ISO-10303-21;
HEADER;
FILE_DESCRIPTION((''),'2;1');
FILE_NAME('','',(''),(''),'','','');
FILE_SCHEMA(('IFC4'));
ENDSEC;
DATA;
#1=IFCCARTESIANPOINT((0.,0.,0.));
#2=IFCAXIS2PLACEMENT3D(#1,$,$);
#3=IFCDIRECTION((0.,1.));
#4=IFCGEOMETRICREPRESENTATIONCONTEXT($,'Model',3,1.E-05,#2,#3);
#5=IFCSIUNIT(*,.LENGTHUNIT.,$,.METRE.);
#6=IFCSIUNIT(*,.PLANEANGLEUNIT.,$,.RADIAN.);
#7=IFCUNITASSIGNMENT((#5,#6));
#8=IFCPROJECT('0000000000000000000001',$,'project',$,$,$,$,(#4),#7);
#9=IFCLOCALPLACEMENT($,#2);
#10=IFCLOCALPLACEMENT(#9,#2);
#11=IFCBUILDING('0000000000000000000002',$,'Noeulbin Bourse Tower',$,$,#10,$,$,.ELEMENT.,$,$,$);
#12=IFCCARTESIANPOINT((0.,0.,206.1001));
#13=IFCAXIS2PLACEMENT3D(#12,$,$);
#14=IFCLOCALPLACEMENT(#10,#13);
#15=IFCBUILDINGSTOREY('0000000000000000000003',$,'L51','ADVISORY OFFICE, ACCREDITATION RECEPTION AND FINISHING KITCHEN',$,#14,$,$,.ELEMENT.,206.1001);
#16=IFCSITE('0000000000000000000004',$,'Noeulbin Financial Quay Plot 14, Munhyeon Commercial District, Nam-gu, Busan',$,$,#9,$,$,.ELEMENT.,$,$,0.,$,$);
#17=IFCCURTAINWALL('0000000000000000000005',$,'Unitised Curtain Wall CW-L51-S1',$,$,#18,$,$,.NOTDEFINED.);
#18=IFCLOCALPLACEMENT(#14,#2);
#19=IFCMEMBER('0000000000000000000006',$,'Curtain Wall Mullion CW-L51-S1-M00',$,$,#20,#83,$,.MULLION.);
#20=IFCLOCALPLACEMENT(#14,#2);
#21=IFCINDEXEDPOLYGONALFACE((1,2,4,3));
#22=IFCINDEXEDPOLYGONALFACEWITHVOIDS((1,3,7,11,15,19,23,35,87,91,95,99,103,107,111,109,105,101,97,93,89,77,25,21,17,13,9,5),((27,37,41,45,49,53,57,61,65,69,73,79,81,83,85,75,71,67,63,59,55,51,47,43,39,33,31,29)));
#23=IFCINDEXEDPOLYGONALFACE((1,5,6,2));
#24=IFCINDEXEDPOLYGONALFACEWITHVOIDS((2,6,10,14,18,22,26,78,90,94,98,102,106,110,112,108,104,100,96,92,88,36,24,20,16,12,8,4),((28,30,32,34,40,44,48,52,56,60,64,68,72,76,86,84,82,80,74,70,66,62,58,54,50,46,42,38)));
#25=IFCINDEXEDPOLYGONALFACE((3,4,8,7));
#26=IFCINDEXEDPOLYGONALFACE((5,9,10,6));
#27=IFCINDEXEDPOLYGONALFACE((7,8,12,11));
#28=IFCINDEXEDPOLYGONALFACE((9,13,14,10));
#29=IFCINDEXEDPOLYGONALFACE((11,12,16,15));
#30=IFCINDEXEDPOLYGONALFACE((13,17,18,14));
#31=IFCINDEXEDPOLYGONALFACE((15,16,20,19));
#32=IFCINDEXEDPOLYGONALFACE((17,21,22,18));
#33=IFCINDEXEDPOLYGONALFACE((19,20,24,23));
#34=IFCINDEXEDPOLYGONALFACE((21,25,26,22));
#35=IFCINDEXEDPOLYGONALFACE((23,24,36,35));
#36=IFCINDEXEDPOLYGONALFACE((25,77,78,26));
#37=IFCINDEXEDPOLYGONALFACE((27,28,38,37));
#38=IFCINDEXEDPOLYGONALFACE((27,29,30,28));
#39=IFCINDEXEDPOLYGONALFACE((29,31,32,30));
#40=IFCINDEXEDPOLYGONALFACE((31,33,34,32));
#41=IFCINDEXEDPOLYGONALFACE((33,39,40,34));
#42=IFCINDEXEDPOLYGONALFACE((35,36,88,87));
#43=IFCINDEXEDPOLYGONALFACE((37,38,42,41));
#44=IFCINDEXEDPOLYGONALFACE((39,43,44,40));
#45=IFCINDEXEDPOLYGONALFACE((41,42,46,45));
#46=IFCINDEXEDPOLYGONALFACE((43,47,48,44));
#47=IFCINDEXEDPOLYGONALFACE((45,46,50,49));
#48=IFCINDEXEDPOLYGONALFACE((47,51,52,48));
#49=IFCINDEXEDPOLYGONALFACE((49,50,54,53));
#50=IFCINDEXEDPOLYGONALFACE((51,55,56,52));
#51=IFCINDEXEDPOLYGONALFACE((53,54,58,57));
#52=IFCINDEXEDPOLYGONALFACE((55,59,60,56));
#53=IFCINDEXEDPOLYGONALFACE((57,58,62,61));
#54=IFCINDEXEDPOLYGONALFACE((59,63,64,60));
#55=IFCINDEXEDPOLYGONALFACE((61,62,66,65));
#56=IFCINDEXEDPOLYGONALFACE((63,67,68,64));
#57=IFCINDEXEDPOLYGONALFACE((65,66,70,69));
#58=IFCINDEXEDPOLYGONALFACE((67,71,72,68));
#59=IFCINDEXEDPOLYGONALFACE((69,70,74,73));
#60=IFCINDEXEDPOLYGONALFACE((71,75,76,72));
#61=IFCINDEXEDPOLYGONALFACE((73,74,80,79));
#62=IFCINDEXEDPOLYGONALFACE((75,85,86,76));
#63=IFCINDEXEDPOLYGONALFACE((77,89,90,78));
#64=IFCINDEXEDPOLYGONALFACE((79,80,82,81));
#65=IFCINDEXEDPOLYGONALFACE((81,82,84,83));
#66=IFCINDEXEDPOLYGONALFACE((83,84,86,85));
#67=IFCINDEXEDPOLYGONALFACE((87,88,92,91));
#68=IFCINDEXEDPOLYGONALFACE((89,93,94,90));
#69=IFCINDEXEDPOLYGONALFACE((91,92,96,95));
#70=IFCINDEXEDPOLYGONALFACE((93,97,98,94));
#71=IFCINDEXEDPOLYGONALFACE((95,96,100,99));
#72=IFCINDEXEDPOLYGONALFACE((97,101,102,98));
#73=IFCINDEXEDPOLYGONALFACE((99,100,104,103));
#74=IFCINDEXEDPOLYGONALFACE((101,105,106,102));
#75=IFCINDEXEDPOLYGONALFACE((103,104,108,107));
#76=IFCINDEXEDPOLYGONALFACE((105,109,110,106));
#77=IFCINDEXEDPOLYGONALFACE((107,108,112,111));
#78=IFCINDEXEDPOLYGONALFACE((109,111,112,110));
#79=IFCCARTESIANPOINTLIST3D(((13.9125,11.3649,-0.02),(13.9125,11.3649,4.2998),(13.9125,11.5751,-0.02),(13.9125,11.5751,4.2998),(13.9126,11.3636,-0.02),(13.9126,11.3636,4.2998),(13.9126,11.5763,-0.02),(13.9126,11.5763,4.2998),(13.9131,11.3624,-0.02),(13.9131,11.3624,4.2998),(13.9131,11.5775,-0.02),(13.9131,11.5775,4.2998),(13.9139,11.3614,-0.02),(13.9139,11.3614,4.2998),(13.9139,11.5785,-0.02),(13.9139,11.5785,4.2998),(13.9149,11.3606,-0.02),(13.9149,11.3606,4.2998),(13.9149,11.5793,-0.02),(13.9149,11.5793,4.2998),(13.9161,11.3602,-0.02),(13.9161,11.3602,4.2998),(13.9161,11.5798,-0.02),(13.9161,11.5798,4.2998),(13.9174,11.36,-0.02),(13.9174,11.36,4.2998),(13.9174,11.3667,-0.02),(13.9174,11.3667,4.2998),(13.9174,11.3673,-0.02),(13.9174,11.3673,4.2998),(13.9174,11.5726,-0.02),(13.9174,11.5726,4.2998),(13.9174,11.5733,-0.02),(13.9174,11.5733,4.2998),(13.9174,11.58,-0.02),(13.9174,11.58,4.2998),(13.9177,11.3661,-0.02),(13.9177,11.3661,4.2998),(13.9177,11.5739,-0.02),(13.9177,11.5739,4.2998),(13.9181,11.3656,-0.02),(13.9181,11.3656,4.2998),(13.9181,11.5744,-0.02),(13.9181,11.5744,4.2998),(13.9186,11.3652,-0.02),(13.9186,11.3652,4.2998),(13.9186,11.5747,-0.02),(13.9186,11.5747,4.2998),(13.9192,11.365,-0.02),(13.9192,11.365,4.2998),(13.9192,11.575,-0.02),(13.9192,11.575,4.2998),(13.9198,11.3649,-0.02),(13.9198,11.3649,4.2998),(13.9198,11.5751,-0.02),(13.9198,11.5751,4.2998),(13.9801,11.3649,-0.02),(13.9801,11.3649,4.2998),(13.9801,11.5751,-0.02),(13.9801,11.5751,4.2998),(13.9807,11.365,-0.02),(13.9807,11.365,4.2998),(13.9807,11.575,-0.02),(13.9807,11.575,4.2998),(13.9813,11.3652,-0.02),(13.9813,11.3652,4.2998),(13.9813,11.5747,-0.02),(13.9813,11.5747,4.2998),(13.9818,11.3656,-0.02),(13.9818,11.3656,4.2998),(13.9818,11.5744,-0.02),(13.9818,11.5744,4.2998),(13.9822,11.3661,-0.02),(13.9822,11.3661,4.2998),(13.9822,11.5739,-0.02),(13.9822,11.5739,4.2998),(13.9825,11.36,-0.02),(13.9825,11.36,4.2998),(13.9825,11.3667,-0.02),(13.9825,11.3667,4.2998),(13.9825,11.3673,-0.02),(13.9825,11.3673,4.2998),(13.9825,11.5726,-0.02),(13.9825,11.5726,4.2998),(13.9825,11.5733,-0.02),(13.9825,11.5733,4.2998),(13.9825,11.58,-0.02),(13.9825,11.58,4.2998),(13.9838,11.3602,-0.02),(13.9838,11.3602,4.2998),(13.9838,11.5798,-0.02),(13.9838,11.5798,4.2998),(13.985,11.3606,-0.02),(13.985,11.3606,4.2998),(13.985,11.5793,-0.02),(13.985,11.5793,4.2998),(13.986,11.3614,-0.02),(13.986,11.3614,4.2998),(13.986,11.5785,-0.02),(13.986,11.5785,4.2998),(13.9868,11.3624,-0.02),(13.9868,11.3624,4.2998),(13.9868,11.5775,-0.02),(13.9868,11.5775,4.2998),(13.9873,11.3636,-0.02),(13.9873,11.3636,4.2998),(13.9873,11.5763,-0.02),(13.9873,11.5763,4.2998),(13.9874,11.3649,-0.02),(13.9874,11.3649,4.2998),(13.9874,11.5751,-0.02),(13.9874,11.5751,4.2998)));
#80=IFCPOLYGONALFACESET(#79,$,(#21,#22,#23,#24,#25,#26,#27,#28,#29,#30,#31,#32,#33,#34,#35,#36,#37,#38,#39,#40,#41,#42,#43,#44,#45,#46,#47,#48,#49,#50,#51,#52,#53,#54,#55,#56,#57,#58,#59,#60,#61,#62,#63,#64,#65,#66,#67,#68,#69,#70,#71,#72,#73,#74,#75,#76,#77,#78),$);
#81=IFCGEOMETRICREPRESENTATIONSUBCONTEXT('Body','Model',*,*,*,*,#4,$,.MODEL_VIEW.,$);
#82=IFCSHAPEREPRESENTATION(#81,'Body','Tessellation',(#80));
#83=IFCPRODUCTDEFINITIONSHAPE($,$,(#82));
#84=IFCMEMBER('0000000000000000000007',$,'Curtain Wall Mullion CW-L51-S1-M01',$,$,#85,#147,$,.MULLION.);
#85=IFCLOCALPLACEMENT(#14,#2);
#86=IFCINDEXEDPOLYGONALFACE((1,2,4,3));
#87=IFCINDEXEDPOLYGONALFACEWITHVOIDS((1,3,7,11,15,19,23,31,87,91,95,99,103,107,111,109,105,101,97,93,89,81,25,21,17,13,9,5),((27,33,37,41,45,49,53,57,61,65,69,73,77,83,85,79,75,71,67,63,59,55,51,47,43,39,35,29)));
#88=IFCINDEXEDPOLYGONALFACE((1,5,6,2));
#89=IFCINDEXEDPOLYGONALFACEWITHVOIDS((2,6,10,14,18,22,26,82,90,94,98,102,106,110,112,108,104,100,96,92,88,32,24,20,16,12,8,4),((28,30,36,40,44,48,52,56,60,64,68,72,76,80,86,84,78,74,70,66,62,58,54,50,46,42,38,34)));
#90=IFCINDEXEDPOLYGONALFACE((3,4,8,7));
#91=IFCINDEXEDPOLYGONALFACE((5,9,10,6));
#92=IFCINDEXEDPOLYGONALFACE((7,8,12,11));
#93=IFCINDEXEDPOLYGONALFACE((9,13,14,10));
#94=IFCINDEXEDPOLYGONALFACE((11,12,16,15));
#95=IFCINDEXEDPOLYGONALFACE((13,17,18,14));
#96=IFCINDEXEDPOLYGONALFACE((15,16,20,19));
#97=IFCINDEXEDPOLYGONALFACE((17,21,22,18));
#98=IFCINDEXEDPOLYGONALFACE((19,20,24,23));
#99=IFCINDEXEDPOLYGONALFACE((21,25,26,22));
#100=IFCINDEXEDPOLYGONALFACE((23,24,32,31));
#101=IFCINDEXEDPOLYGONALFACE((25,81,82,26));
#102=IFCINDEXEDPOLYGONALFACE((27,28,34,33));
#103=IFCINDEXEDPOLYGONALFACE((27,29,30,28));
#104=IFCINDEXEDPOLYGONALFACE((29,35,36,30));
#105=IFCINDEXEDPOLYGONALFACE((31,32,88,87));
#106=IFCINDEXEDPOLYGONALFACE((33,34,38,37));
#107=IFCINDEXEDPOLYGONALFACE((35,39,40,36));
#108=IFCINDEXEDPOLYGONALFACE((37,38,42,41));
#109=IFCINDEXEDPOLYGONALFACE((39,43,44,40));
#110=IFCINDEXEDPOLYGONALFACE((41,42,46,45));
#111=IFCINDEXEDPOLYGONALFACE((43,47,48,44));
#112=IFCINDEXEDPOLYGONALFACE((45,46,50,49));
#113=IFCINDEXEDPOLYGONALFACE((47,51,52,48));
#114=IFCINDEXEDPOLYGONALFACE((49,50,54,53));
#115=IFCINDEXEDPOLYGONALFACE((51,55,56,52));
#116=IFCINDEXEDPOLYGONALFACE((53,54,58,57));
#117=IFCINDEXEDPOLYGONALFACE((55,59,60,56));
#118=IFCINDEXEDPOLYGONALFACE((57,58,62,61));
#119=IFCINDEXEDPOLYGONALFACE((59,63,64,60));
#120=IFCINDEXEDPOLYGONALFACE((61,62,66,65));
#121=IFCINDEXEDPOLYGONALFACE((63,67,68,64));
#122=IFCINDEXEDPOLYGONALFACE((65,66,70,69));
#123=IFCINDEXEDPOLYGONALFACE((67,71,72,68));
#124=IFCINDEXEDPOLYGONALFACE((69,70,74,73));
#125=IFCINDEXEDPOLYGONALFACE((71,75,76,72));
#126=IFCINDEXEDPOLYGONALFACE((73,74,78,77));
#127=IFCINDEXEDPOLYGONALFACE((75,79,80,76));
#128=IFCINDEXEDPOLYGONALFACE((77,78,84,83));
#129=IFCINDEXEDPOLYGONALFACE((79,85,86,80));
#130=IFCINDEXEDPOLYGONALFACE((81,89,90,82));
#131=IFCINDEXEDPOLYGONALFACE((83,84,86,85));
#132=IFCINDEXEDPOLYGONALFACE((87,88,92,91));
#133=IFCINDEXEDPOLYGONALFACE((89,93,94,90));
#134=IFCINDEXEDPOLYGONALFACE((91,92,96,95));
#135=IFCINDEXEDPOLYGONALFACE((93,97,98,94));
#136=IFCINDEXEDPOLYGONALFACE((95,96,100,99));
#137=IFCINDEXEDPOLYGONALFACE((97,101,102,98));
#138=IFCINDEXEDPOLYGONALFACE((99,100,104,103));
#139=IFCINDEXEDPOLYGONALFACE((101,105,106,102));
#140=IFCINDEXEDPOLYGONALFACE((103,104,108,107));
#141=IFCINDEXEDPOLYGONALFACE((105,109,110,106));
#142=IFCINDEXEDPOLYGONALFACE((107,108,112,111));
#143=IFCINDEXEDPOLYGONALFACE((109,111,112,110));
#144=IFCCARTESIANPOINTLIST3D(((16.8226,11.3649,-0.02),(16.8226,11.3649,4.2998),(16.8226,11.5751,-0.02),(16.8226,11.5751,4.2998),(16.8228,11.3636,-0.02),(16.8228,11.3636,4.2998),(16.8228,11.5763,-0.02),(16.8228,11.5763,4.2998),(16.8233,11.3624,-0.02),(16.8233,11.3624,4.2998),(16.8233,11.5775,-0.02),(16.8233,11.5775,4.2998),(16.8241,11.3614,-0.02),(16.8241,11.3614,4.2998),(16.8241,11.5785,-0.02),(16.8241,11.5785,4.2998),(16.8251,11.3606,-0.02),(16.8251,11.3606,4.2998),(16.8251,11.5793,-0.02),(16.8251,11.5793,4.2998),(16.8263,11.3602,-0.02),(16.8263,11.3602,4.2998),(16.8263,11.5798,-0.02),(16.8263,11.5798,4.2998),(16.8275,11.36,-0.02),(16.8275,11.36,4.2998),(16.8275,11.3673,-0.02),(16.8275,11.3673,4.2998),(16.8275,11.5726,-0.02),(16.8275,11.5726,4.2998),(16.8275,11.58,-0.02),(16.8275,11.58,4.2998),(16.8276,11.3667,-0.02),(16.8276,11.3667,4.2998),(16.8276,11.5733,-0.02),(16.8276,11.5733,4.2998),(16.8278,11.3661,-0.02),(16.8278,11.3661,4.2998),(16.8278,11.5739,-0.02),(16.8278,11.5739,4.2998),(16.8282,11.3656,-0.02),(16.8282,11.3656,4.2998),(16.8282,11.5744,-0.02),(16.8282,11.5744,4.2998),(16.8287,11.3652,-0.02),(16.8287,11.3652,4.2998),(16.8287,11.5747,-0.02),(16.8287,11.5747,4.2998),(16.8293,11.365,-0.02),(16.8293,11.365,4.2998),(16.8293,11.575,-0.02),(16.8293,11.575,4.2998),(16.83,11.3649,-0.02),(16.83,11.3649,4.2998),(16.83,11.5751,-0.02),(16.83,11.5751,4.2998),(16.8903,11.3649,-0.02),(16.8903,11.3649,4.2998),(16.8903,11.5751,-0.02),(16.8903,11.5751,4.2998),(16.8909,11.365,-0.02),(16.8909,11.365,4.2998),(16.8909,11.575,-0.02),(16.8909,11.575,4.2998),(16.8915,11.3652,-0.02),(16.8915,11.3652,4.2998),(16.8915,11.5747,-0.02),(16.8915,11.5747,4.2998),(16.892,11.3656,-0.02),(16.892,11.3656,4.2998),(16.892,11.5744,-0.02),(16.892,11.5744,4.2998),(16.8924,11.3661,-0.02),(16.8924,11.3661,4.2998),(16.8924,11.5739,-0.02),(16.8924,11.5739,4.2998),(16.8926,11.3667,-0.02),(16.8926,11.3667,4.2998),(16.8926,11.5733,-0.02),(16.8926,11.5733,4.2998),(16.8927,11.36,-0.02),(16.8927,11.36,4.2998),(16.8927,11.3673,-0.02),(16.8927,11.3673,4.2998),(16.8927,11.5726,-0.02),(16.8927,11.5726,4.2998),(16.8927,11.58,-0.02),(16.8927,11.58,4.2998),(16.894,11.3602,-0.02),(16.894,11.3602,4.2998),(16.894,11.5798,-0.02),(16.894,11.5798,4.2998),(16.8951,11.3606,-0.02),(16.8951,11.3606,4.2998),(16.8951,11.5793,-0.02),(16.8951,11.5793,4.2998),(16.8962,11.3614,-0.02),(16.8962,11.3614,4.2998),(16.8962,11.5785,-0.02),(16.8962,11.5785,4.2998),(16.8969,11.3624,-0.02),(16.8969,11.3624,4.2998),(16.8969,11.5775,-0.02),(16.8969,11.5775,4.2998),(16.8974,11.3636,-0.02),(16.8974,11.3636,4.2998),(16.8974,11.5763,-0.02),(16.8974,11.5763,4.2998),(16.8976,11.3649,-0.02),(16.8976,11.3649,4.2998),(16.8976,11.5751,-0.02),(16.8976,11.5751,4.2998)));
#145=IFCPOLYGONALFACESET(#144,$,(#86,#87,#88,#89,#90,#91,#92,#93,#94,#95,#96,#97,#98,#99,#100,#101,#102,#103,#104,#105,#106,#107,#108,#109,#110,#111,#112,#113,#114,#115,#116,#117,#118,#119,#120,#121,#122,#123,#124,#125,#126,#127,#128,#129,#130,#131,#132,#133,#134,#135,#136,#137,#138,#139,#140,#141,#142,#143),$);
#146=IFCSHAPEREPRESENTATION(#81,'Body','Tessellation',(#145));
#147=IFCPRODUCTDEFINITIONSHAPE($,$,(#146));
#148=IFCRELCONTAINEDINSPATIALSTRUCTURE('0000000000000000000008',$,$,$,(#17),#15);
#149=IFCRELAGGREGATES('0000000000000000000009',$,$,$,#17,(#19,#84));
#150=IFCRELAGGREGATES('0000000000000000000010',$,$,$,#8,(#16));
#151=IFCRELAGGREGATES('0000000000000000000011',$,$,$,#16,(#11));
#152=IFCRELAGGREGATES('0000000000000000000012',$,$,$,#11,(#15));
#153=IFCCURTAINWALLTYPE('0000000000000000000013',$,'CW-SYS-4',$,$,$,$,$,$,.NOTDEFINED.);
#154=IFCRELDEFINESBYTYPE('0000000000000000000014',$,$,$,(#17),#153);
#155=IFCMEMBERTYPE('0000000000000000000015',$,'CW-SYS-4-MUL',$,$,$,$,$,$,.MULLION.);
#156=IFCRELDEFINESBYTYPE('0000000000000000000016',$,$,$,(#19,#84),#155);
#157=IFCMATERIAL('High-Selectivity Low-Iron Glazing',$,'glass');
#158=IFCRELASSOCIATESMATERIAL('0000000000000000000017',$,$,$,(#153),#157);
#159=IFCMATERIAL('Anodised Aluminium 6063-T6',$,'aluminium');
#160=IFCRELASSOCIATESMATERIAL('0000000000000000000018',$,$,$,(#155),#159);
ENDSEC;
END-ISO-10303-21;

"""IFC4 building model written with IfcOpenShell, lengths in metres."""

from ifc_helpers import new_model, si_unit, direction, frame, origin, origin_2d, place, context, subcontext, project, spatial, hollow_rectangle, extrude, material, material_profile, profile_set, type_object, element, aggregate, save


model = new_model("IFC4")

# Units and contexts
model_context = context("Model", 3, precision=1e-05, world=origin(), true_north=direction((0.0, 1.0)))
body_context = subcontext(model_context, "Body", "Model", "MODEL_VIEW")
ifc_project = project(units=[si_unit("LENGTHUNIT", "METRE"), si_unit("PLANEANGLEUNIT", "RADIAN")], contexts=[model_context])

# Site, building, storey
site_placement = place(None, origin())
site = spatial("IfcSite", under=ifc_project, at=site_placement, Name="Noeulbin Financial Quay Plot 14, Munhyeon Commercial District, Nam-gu, Busan", CompositionType="ELEMENT", RefElevation=0.0)
building_placement = place(site_placement, origin())
building = spatial("IfcBuilding", under=site, at=building_placement, Name="Noeulbin Bourse Tower", CompositionType="ELEMENT")
storey_placement = place(building_placement, frame((0.0, 0.0, 206.1001)))
storey = spatial("IfcBuildingStorey", under=building, at=storey_placement, Name="L51", Description="ADVISORY OFFICE, ACCREDITATION RECEPTION AND FINISHING KITCHEN", CompositionType="ELEMENT", Elevation=206.1001)

# Curtain wall, members
ifc_material_1 = material(Name="High-Selectivity Low-Iron Glazing", Category="glass")
curtain_wall_type = type_object("IfcCurtainWallType", Name="CW-SYS-4", PredefinedType="NOTDEFINED", material=ifc_material_1)
curtain_wall_placement = place(storey_placement, origin())
curtain_wall = element("IfcCurtainWall", 1, at=curtain_wall_placement, inside=storey, type_object=curtain_wall_type, Name="Unitised Curtain Wall CW-L51-S1", PredefinedType="NOTDEFINED")
ifc_material_2 = material(Name="Anodised Aluminium 6063-T6", Category="aluminium")
ifc_material_profile_1 = material_profile(ifc_material_2, hollow_rectangle(XDim=0.075, YDim=0.22, WallThickness=0.0049, InnerFilletRadius=0.0024, OuterFilletRadius=0.0049, at=origin_2d()), Name="ALU-MULL-75x220x5", Category="LoadBearing")
ifc_profile_set_1 = profile_set([ifc_material_profile_1], Name="Anodised Aluminium 6063-T6")
member_type_1 = type_object("IfcMemberType", Name="CW-SYS-4-MUL", PredefinedType="MULLION", material=ifc_profile_set_1)
member_1_placement = place(storey_placement, frame((13.95, 11.47, -0.02), z_axis=(0.0, 0.0, 1.0), x_axis=(1.0, 0.0, 0.0)))
member_1 = element("IfcMember", 2, at=member_1_placement, type_object=member_type_1, Name="Curtain Wall Mullion CW-L51-S1-M00", PredefinedType="MULLION", context=body_context, shape_type="SweptSolid", body=[
    extrude(hollow_rectangle(XDim=0.075, YDim=0.22, WallThickness=0.0049, InnerFilletRadius=0.0024, OuterFilletRadius=0.0049, at=origin_2d()), origin(), (0.0, 0.0, 1.0), 4.3198),
])
member_2_placement = place(storey_placement, frame((16.8601, 11.47, -0.02), z_axis=(0.0, 0.0, 1.0), x_axis=(1.0, 0.0, 0.0)))
member_2 = element("IfcMember", 3, at=member_2_placement, type_object=member_type_1, Name="Curtain Wall Mullion CW-L51-S1-M01", PredefinedType="MULLION", context=body_context, shape_type="SweptSolid", body=[
    extrude(hollow_rectangle(XDim=0.075, YDim=0.22, WallThickness=0.0049, InnerFilletRadius=0.0024, OuterFilletRadius=0.0049, at=origin_2d()), origin(), (0.0, 0.0, 1.0), 4.3198),
])
aggregate(curtain_wall, [member_1, member_2])

save(model, "model.ifc")
